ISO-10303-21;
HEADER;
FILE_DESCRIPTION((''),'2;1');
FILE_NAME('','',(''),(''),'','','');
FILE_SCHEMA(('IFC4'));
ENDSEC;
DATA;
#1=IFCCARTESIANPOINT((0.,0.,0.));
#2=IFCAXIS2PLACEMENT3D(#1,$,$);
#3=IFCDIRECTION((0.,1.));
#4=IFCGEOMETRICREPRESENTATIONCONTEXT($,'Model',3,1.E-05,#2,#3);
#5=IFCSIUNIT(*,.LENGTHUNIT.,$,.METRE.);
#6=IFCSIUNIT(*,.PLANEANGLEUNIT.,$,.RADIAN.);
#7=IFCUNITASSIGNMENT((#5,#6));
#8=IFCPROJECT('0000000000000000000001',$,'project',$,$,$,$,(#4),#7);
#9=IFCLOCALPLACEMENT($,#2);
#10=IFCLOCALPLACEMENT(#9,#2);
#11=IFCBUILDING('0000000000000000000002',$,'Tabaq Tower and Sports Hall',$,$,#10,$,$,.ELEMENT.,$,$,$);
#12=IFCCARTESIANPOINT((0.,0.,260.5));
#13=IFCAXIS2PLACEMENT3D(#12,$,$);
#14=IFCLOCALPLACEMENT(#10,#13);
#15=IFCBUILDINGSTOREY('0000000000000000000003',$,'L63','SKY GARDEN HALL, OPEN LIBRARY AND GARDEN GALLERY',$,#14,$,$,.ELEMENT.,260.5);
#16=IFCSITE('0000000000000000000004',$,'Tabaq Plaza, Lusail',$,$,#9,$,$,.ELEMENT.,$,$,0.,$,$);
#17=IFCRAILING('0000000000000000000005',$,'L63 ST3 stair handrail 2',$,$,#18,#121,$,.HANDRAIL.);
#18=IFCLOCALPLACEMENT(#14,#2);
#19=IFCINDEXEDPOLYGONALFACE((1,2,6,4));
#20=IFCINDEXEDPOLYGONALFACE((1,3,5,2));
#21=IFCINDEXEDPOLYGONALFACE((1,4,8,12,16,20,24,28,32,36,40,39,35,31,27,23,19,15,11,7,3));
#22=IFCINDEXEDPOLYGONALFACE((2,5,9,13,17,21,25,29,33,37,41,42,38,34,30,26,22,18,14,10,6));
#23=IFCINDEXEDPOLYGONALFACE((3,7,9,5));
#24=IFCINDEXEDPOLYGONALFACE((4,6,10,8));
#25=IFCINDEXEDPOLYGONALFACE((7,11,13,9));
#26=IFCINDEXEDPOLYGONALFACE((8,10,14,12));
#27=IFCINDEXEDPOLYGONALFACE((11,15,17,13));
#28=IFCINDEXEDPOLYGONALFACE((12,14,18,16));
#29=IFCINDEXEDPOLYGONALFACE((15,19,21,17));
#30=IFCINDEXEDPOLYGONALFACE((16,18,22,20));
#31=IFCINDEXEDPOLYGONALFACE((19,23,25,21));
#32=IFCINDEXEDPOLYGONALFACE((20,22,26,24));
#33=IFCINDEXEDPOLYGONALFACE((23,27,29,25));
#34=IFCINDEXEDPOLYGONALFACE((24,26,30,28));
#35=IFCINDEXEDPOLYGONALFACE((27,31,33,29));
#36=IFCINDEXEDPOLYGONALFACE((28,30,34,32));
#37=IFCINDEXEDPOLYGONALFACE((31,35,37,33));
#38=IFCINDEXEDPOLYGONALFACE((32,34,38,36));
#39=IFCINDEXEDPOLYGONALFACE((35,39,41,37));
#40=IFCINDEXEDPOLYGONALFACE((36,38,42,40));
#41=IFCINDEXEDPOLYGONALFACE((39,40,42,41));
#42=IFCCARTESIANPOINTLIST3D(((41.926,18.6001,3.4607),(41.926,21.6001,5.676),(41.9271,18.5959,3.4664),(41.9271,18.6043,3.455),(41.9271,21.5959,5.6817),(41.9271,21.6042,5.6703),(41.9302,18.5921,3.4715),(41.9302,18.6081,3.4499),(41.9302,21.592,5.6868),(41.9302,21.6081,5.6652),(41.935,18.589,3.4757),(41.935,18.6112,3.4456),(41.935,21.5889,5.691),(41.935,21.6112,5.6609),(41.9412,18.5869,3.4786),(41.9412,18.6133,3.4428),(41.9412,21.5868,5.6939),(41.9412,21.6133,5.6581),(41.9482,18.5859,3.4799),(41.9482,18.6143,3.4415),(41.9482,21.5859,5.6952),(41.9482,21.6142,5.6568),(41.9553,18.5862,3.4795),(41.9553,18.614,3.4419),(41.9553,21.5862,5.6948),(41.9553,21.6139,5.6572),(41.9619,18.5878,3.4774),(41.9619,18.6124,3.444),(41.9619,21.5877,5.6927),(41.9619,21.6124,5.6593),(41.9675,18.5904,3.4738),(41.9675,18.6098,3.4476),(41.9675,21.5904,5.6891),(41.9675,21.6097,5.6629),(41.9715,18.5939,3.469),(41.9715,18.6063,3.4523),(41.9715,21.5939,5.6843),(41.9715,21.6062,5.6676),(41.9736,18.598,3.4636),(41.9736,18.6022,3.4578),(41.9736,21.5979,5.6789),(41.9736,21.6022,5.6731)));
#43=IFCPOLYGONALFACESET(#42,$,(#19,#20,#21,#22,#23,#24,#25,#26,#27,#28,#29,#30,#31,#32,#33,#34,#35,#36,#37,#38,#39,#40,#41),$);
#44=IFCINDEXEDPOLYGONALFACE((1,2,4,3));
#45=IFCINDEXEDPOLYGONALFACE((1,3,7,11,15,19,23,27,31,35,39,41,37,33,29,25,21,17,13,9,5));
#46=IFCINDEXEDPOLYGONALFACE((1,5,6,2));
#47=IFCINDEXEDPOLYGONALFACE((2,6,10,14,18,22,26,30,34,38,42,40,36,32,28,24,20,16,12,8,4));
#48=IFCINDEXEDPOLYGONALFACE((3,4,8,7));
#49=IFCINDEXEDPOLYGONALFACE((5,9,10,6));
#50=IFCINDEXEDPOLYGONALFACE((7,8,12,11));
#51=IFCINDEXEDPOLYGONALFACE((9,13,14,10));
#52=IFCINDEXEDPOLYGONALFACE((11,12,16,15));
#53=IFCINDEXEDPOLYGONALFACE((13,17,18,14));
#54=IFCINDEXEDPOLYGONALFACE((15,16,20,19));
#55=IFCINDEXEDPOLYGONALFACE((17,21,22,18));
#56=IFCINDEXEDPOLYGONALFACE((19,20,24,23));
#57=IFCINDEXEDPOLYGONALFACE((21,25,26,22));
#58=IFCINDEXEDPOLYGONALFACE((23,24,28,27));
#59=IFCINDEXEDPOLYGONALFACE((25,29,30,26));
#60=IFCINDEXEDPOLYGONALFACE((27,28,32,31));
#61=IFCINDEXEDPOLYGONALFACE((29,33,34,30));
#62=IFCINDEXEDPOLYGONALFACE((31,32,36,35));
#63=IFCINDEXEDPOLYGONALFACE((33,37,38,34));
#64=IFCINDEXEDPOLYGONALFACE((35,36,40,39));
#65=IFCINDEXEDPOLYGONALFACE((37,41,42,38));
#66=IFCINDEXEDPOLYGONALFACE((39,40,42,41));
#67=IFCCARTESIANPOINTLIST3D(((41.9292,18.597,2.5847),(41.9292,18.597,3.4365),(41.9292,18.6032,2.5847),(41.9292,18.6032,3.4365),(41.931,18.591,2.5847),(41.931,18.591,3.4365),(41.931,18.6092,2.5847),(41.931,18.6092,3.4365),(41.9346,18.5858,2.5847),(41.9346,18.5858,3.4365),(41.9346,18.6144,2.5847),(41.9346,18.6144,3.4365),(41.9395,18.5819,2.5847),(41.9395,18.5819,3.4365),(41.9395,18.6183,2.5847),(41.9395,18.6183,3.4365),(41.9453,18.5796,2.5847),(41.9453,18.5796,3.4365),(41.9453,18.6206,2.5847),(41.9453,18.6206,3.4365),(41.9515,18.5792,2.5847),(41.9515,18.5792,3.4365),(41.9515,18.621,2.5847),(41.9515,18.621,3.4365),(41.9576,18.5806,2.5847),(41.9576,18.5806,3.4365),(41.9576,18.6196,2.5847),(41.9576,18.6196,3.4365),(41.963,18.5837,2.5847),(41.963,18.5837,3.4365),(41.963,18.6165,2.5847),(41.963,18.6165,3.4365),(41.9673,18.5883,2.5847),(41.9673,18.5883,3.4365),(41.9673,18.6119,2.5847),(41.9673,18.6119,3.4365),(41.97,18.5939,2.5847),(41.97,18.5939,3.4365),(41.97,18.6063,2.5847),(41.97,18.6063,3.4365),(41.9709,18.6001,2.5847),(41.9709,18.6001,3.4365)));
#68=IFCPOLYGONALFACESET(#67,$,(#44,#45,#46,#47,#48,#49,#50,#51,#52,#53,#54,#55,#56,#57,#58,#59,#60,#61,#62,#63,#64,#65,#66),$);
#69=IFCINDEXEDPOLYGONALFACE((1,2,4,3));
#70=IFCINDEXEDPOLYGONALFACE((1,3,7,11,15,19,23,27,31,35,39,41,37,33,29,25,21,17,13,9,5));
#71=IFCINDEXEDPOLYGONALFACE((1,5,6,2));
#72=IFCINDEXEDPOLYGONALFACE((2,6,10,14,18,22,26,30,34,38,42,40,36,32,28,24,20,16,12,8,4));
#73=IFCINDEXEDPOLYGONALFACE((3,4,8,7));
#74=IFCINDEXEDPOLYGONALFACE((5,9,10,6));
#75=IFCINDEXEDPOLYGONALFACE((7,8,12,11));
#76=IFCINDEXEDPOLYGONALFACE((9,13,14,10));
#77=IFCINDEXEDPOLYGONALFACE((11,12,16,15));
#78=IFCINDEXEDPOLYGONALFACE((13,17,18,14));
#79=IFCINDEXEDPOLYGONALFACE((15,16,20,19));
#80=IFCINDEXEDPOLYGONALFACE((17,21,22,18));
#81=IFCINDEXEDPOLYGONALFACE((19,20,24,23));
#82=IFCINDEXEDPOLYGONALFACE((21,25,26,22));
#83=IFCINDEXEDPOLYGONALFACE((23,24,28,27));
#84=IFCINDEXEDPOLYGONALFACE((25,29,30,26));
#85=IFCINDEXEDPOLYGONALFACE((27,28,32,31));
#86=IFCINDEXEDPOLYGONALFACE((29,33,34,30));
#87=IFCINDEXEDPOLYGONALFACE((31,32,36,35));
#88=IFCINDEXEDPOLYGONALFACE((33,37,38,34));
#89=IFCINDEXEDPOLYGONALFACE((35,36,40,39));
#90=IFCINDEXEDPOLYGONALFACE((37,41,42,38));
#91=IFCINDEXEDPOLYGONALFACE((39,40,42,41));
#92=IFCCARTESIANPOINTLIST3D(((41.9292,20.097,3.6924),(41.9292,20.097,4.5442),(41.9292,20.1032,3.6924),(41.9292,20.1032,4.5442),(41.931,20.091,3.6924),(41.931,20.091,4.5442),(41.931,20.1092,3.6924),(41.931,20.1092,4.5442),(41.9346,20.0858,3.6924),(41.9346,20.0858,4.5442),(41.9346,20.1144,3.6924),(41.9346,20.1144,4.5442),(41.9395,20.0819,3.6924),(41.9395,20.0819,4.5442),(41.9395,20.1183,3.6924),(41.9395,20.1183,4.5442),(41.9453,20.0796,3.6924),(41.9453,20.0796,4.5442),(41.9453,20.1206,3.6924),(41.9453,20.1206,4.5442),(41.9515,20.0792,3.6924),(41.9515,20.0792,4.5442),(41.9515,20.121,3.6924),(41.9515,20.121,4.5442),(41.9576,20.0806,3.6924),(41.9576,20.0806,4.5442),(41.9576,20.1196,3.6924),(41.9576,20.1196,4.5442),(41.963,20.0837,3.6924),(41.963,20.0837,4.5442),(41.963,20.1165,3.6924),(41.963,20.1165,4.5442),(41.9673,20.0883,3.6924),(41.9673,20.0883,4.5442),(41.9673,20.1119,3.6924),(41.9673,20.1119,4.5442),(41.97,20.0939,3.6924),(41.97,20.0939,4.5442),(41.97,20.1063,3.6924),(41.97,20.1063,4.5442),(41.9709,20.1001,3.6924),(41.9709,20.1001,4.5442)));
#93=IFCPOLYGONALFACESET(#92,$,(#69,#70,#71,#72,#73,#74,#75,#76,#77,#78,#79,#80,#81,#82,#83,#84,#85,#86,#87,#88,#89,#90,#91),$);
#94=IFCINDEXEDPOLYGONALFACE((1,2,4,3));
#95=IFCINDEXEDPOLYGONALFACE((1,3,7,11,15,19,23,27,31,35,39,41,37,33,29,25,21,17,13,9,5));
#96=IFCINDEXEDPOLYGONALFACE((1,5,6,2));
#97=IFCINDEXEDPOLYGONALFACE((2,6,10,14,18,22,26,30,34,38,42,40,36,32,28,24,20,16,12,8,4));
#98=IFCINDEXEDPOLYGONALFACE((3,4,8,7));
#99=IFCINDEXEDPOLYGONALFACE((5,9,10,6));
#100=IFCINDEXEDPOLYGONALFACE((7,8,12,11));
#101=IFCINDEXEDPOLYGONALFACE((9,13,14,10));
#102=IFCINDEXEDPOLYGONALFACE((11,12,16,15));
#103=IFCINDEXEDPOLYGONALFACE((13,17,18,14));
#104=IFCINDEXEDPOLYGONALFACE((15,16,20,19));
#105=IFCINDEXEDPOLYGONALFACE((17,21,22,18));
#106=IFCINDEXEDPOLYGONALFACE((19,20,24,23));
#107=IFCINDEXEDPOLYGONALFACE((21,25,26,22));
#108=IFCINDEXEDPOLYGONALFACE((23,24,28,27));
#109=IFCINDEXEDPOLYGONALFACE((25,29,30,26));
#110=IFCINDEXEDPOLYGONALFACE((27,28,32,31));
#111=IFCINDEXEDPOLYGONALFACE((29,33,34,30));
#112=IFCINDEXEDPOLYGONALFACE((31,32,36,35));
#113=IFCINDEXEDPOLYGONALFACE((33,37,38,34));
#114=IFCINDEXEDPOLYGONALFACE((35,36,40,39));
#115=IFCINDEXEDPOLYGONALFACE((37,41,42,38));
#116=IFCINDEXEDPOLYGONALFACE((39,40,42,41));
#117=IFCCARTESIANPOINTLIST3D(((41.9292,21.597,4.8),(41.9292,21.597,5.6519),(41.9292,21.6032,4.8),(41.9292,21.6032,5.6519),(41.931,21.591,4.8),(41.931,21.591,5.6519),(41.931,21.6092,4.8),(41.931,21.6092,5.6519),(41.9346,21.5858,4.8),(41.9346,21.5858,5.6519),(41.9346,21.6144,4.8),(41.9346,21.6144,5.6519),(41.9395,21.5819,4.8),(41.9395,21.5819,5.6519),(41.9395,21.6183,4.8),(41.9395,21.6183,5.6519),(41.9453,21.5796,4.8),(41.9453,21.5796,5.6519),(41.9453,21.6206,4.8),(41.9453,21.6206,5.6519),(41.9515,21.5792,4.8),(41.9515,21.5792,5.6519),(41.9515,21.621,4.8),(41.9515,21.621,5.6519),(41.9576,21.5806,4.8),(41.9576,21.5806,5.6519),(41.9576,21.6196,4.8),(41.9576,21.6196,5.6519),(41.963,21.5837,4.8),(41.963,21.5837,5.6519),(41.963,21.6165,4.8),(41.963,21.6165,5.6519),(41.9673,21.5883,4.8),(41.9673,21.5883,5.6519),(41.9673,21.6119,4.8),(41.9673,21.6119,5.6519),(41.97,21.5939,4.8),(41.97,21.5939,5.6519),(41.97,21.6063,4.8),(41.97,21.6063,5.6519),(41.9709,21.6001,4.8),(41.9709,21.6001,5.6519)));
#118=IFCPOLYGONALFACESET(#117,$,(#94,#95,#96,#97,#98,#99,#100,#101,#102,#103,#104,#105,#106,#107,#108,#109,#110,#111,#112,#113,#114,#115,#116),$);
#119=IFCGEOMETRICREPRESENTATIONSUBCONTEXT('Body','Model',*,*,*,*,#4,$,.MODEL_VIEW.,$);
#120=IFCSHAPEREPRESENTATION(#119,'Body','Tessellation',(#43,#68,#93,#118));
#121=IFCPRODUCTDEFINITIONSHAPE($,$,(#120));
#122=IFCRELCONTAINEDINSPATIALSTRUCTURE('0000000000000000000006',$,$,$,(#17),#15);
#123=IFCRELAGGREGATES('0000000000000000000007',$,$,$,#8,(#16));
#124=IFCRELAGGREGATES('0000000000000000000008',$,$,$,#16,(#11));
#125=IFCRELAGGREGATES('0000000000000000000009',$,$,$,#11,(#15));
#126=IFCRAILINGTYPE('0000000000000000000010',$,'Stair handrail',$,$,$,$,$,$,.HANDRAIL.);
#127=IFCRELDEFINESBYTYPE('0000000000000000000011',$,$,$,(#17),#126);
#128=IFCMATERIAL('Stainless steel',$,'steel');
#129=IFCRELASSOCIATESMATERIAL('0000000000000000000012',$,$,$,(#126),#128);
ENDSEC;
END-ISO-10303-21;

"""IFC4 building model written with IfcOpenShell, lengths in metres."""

from ifc_helpers import new_model, si_unit, direction, frame, origin, origin_2d, place, context, subcontext, project, spatial, circle, extrude, material, type_object, element, save


model = new_model("IFC4")

# Units and contexts
model_context = context("Model", 3, precision=1e-05, world=origin(), true_north=direction((0.0, 1.0)))
body_context = subcontext(model_context, "Body", "Model", "MODEL_VIEW")
ifc_project = project(units=[si_unit("LENGTHUNIT", "METRE"), si_unit("PLANEANGLEUNIT", "RADIAN")], contexts=[model_context])

# Site, building, storey
site_placement = place(None, origin())
site = spatial("IfcSite", under=ifc_project, at=site_placement, Name="Tabaq Plaza, Lusail", CompositionType="ELEMENT", RefElevation=0.0)
building_placement = place(site_placement, origin())
building = spatial("IfcBuilding", under=site, at=building_placement, Name="Tabaq Tower and Sports Hall", CompositionType="ELEMENT")
storey_placement = place(building_placement, frame((0.0, 0.0, 260.5)))
storey = spatial("IfcBuildingStorey", under=building, at=storey_placement, Name="L63", Description="SKY GARDEN HALL, OPEN LIBRARY AND GARDEN GALLERY", CompositionType="ELEMENT", Elevation=260.5)

# Railing
ifc_material_1 = material(Name="Stainless steel", Category="steel")
railing_type_1 = type_object("IfcRailingType", Name="Stair handrail", PredefinedType="HANDRAIL", material=ifc_material_1)
railing_1_placement = place(storey_placement, frame((41.95, 18.6001, 2.5847)))
element("IfcRailing", 1, at=railing_1_placement, inside=storey, type_object=railing_type_1, Name="L63 ST3 stair handrail 2", PredefinedType="HANDRAIL", context=body_context, shape_type="SweptSolid", body=[
    extrude(circle(Radius=0.0239, at=origin_2d()), frame((0.0, 0.0, 0.876), z_axis=(0.0, 0.80444, 0.594034), x_axis=(-1.0, 0.0, 0.0)), (0.0, 0.0, 1.0), 3.7292),
    extrude(circle(Radius=0.021, at=origin_2d()), origin(), (0.0, 0.0, 1.0), 0.8518),
    extrude(circle(Radius=0.021, at=origin_2d()), frame((0.0, 1.5, 1.1077)), (0.0, 0.0, 1.0), 0.8518),
    extrude(circle(Radius=0.021, at=origin_2d()), frame((0.0, 3.0, 2.2153)), (0.0, 0.0, 1.0), 0.8518),
])

save(model, "model.ifc")
